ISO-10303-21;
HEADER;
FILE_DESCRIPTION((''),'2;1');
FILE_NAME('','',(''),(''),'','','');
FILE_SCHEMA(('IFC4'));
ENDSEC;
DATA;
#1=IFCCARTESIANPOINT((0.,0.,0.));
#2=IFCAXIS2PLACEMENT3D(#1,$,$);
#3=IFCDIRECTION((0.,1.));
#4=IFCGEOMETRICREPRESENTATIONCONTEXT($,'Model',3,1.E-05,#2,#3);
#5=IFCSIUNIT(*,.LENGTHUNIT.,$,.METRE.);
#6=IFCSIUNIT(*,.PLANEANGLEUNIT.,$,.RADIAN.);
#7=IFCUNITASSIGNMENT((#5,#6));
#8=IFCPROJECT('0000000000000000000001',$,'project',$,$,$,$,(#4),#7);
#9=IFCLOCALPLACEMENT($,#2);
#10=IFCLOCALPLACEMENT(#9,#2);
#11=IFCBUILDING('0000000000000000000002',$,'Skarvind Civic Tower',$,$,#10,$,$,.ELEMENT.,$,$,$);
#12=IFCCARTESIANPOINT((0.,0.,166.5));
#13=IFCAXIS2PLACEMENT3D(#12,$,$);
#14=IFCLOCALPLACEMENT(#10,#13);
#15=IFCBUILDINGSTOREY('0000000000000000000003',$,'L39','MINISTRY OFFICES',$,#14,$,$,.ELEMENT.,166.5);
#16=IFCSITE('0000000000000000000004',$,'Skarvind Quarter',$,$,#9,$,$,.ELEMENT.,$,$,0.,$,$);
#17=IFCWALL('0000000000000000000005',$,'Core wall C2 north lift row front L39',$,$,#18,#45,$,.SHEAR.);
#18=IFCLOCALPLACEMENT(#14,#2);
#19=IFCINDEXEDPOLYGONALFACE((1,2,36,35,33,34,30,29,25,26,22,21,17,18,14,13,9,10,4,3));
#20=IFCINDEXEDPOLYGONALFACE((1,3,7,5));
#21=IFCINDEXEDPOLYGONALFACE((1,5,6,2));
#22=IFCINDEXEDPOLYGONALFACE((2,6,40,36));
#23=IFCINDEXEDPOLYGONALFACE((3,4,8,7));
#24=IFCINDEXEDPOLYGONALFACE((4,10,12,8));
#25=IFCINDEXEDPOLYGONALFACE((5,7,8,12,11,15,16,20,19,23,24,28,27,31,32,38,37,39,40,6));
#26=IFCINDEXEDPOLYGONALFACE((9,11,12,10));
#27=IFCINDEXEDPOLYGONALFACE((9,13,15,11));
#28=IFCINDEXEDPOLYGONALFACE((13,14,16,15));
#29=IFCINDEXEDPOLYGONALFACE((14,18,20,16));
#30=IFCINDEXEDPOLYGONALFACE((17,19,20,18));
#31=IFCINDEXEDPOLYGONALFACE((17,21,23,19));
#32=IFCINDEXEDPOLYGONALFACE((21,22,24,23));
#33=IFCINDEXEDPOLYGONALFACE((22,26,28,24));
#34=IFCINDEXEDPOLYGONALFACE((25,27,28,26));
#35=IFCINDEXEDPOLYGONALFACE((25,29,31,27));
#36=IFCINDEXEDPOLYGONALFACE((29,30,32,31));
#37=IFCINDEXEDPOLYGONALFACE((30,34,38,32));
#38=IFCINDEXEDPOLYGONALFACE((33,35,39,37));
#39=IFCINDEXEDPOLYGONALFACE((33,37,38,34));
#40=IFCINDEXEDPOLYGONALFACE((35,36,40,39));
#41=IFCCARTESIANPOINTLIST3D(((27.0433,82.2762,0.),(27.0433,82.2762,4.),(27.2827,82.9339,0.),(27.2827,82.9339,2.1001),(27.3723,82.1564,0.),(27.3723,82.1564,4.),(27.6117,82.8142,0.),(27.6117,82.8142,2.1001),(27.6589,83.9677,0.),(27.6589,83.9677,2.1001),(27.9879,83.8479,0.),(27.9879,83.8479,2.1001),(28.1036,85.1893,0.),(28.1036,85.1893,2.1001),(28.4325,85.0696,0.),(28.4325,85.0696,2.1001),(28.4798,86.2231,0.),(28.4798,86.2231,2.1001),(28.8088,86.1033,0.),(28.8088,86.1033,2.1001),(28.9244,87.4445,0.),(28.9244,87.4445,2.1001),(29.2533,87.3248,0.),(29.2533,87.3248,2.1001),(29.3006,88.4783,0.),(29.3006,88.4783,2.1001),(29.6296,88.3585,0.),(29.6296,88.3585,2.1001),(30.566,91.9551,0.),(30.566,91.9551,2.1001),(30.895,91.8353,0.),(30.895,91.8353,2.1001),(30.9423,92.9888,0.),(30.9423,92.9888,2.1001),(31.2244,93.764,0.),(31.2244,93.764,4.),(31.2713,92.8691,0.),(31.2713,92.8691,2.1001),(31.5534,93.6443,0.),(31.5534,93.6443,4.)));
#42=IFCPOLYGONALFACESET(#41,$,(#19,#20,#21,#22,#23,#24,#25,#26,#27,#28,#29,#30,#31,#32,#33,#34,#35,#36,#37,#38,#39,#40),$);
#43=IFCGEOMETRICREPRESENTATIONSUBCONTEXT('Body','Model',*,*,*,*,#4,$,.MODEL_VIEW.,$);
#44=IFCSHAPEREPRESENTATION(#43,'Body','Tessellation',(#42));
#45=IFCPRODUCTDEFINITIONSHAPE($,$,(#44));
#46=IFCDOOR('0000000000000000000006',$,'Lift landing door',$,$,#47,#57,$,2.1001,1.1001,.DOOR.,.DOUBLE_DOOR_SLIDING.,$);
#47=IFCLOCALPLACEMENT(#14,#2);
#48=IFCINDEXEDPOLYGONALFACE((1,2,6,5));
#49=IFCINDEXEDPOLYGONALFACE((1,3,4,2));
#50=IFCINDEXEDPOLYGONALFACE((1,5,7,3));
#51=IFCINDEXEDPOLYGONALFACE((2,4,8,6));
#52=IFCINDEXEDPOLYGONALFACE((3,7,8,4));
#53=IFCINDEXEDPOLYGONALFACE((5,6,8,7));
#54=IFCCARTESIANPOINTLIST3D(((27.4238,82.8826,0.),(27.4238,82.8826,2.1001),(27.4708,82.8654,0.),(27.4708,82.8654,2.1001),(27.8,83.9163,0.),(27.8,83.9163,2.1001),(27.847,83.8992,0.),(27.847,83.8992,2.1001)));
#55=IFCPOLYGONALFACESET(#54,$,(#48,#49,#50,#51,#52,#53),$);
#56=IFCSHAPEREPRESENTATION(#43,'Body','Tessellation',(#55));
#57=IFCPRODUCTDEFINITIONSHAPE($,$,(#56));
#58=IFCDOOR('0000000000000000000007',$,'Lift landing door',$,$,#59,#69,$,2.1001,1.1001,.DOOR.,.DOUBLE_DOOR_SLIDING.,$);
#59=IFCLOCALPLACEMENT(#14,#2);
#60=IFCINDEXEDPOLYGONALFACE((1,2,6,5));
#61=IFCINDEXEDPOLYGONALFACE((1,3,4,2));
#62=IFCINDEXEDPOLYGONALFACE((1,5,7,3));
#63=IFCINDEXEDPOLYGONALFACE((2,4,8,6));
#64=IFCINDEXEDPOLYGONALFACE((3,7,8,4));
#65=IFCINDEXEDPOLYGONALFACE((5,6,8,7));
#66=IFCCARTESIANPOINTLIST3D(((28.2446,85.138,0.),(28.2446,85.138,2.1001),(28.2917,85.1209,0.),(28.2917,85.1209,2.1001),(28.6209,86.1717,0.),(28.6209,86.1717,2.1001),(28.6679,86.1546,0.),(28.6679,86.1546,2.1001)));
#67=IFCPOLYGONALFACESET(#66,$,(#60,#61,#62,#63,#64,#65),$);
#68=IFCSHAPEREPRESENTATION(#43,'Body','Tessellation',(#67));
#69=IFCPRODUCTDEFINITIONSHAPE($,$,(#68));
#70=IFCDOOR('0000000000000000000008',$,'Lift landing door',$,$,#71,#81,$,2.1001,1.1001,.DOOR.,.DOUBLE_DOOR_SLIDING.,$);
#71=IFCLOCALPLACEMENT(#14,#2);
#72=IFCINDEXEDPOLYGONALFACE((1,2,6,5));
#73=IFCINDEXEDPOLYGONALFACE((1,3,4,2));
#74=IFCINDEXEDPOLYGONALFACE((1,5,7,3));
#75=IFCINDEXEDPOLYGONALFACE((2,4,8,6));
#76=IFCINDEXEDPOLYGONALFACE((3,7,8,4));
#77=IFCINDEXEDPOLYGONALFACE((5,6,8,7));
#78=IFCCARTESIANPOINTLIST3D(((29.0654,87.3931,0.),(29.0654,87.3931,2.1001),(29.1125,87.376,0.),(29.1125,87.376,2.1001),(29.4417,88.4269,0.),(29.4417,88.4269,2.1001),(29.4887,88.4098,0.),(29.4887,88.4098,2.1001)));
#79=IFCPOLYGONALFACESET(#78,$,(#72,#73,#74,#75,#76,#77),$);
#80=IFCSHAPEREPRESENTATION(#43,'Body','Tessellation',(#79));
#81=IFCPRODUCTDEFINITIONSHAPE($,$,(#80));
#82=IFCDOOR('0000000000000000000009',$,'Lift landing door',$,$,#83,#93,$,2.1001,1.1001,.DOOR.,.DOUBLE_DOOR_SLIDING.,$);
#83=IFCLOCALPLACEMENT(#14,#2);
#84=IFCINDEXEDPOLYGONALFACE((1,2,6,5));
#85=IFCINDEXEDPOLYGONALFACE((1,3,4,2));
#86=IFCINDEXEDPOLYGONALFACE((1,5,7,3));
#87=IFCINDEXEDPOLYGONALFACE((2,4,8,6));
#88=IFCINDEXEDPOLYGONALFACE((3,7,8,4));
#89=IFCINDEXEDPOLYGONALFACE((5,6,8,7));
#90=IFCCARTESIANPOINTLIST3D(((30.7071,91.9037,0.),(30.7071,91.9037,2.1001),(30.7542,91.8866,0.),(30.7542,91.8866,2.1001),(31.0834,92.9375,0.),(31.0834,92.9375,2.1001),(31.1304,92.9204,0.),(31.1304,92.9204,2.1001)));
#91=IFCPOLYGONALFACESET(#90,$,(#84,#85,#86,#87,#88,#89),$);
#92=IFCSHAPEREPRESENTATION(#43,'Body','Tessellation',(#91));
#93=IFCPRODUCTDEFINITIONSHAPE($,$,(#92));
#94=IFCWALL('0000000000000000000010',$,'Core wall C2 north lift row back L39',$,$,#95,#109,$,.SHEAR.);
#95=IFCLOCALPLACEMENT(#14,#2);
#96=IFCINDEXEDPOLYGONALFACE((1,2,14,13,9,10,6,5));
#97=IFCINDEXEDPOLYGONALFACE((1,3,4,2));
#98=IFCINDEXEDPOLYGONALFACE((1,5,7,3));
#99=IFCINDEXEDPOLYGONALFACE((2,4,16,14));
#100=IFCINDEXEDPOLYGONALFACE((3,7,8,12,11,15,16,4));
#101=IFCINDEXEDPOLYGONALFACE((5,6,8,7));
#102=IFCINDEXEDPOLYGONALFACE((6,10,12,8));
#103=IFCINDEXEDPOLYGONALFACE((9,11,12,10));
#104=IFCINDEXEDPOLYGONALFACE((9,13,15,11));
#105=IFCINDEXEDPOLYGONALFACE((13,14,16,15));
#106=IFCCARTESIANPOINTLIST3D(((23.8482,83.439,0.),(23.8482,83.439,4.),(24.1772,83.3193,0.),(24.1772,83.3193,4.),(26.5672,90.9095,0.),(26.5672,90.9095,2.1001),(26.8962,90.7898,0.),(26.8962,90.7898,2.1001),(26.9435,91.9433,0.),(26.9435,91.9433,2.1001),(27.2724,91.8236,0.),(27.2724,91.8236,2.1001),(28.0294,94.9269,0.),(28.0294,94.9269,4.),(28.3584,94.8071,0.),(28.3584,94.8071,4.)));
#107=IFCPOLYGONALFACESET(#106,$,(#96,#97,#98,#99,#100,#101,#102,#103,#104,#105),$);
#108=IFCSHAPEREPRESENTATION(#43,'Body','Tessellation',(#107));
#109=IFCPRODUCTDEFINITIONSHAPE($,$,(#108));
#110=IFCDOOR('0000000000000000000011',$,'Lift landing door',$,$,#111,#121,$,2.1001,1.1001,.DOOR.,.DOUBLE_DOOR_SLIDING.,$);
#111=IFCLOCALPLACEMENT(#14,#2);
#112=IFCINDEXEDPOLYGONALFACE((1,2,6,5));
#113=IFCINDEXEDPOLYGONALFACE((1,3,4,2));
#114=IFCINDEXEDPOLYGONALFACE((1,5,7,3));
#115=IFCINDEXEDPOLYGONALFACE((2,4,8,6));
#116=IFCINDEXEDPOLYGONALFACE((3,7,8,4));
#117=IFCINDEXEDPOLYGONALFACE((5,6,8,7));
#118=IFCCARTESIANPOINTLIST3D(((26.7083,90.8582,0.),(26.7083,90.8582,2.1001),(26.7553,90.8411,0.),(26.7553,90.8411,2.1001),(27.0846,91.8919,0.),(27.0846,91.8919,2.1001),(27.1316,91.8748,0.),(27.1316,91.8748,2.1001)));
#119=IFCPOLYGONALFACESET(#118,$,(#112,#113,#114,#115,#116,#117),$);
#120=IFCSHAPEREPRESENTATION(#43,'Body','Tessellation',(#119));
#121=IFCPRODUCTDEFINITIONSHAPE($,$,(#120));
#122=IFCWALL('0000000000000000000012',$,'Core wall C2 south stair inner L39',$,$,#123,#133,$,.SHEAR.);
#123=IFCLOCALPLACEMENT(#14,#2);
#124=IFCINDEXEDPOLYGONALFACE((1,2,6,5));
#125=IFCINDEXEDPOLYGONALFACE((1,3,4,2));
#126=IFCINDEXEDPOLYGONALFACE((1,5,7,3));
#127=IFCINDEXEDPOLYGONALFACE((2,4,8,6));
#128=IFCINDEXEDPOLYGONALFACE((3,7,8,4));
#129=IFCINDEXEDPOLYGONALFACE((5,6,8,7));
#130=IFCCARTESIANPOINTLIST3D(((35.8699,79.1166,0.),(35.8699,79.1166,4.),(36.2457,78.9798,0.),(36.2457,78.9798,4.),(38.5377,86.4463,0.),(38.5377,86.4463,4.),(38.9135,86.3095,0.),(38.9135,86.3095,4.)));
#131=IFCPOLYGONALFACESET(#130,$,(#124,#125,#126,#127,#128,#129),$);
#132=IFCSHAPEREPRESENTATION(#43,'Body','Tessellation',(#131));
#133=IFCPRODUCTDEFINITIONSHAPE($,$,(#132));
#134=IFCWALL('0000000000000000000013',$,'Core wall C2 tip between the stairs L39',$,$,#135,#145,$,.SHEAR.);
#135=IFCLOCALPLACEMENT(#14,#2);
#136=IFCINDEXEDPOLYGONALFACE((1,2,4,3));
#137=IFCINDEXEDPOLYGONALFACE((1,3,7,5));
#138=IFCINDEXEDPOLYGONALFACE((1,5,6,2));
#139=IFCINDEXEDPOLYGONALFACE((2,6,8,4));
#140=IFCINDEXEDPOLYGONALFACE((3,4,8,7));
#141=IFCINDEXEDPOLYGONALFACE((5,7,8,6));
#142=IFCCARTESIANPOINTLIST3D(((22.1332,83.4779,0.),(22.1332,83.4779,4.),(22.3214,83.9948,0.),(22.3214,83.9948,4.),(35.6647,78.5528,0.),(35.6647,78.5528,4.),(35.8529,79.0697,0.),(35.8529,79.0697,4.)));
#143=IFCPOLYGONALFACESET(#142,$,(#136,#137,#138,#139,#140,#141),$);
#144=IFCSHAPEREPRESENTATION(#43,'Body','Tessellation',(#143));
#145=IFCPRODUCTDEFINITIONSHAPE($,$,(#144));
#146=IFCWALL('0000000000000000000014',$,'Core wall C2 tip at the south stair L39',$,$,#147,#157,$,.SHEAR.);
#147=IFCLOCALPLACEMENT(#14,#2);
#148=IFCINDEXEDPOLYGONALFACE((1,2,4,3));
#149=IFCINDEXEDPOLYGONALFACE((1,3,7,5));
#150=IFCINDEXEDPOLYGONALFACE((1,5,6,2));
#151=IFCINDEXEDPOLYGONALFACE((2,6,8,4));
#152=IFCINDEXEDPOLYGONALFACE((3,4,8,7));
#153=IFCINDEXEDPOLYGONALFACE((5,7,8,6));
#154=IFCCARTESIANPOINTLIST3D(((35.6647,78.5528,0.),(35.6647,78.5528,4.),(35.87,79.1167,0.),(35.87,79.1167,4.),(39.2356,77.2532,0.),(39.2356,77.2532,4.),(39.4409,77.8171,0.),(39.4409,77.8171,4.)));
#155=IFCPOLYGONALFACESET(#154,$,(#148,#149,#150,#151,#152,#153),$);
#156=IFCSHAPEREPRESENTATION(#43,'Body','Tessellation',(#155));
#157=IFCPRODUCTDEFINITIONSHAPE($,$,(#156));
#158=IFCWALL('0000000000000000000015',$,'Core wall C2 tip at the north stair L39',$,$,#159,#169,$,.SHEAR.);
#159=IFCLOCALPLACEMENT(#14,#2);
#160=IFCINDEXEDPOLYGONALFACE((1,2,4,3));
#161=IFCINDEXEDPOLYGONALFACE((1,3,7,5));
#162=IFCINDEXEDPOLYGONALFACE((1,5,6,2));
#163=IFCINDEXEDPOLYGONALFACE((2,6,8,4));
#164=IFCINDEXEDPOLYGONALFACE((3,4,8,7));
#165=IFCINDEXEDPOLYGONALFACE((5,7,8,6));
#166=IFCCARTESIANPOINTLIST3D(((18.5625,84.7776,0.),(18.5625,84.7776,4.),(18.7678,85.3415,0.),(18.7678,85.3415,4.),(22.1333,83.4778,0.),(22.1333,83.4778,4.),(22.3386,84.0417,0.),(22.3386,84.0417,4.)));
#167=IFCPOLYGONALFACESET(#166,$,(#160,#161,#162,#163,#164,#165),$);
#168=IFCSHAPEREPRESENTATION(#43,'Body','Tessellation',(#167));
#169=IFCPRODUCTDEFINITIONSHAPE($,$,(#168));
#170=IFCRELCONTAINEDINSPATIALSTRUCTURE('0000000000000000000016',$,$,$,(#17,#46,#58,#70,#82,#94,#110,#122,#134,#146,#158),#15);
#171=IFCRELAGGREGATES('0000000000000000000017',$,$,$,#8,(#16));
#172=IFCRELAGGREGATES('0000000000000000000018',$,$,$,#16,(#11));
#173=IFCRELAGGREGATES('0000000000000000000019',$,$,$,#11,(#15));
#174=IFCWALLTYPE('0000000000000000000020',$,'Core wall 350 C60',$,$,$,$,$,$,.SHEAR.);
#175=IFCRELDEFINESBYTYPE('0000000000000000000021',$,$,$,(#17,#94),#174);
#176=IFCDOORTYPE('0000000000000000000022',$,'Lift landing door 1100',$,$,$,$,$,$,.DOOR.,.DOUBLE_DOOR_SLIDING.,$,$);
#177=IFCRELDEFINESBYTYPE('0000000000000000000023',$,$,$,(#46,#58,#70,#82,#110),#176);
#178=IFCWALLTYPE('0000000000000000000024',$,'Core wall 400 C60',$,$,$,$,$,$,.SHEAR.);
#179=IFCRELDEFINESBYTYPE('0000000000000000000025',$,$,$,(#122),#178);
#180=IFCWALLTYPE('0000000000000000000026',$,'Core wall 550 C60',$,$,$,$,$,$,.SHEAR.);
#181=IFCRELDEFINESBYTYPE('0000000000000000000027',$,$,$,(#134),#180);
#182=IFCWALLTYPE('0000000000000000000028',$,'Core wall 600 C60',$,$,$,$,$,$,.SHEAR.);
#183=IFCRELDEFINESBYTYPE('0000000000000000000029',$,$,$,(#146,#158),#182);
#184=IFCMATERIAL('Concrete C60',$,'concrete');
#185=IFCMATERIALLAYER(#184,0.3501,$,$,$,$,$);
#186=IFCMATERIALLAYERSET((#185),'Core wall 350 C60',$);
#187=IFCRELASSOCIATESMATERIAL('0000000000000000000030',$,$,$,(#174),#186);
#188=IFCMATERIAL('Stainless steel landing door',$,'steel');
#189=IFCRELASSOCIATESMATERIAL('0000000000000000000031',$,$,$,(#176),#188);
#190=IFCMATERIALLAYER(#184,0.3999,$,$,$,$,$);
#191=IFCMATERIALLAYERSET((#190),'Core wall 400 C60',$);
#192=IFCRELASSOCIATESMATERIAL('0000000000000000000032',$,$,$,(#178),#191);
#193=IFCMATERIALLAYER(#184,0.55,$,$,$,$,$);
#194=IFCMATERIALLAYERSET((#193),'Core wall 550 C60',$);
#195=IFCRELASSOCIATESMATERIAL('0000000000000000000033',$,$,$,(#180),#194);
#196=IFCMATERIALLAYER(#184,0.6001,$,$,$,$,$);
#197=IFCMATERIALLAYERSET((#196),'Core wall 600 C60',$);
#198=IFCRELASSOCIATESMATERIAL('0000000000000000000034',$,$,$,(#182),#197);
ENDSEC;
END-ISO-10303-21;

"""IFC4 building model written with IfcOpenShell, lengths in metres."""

from ifc_helpers import new_model, si_unit, direction, frame, frame_2d, origin, place, context, subcontext, project, spatial, rectangle, extrude, material, layer, layer_set, type_object, element, fill, save


model = new_model("IFC4")

# Units and contexts
model_context = context("Model", 3, precision=1e-05, world=origin(), true_north=direction((0.0, 1.0)))
body_context = subcontext(model_context, "Body", "Model", "MODEL_VIEW")
ifc_project = project(units=[si_unit("LENGTHUNIT", "METRE"), si_unit("PLANEANGLEUNIT", "RADIAN")], contexts=[model_context])

# Site, building, storey
site_placement = place(None, origin())
site = spatial("IfcSite", under=ifc_project, at=site_placement, Name="Skarvind Quarter", CompositionType="ELEMENT", RefElevation=0.0)
building_placement = place(site_placement, origin())
building = spatial("IfcBuilding", under=site, at=building_placement, Name="Skarvind Civic Tower", CompositionType="ELEMENT")
storey_placement = place(building_placement, frame((0.0, 0.0, 166.5)))
storey = spatial("IfcBuildingStorey", under=building, at=storey_placement, Name="L39", Description="MINISTRY OFFICES", CompositionType="ELEMENT", Elevation=166.5)

# Shared definitions
ifc_material_1 = material(Name="Concrete C60", Category="concrete")
ifc_layer_1 = layer(ifc_material_1, 0.3501)
ifc_layer_set_1 = layer_set([ifc_layer_1], Name="Core wall 350 C60")
wall_type_1 = type_object("IfcWallType", Name="Core wall 350 C60", PredefinedType="SHEAR", material=ifc_layer_set_1)

# Wall, openings, doors
wall_1_placement = place(storey_placement, frame((27.2078, 82.2163, 0.0), z_axis=(0.0, 0.0, 1.0), x_axis=(0.342016, 0.939694, 0.0)))
wall_1 = element("IfcWall", 1, at=wall_1_placement, inside=storey, type_object=wall_type_1, Name="Core wall C2 north lift row front L39", PredefinedType="SHEAR", context=body_context, shape_type="SweptSolid", body=[
    extrude(rectangle(XDim=12.2251, YDim=0.3501, at=frame_2d((6.1125, 0.0))), origin(), (0.0, 0.0, 1.0), 4.0),
])
opening_1_placement = place(wall_1_placement, frame((0.7, 0.0, 0.0)))
opening_1 = element("IfcOpeningElement", 2, at=opening_1_placement, cuts=wall_1, PredefinedType="OPENING", context=body_context, shape_type="SweptSolid", body=[
    extrude(rectangle(XDim=1.1001, YDim=2.1001, at=frame_2d((0.55, 1.05))), frame((0.0, 0.1851, 0.0), z_axis=(0.0, -1.0, 0.0), x_axis=(1.0, 0.0, 0.0)), (0.0, 0.0, 1.0), 0.3701),
])
opening_2_placement = place(wall_1_placement, frame((3.1001, 0.0, 0.0)))
opening_2 = element("IfcOpeningElement", 3, at=opening_2_placement, cuts=wall_1, PredefinedType="OPENING", context=body_context, shape_type="SweptSolid", body=[
    extrude(rectangle(XDim=1.1001, YDim=2.1001, at=frame_2d((0.55, 1.05))), frame((0.0, 0.1851, 0.0), z_axis=(0.0, -1.0, 0.0), x_axis=(1.0, 0.0, 0.0)), (0.0, 0.0, 1.0), 0.3701),
])
opening_3_placement = place(wall_1_placement, frame((5.5, 0.0, 0.0)))
opening_3 = element("IfcOpeningElement", 4, at=opening_3_placement, cuts=wall_1, PredefinedType="OPENING", context=body_context, shape_type="SweptSolid", body=[
    extrude(rectangle(XDim=1.1001, YDim=2.1001, at=frame_2d((0.55, 1.05))), frame((0.0, 0.1851, 0.0), z_axis=(0.0, -1.0, 0.0), x_axis=(1.0, 0.0, 0.0)), (0.0, 0.0, 1.0), 0.3701),
])
opening_4_placement = place(wall_1_placement, frame((10.3, 0.0, 0.0)))
opening_4 = element("IfcOpeningElement", 5, at=opening_4_placement, cuts=wall_1, PredefinedType="OPENING", context=body_context, shape_type="SweptSolid", body=[
    extrude(rectangle(XDim=1.1001, YDim=2.1001, at=frame_2d((0.55, 1.05))), frame((0.0, 0.1851, 0.0), z_axis=(0.0, -1.0, 0.0), x_axis=(1.0, 0.0, 0.0)), (0.0, 0.0, 1.0), 0.3701),
])
ifc_material_2 = material(Name="Stainless steel landing door", Category="steel")
door_type_1 = type_object("IfcDoorType", Name="Lift landing door 1100", OperationType="DOUBLE_DOOR_SLIDING", PredefinedType="DOOR", material=ifc_material_2)
door_1_placement = place(opening_1_placement, origin())
door_1 = element("IfcDoor", 6, at=door_1_placement, inside=storey, type_object=door_type_1, Name="Lift landing door", OperationType="DOUBLE_DOOR_SLIDING", OverallHeight=2.1001, OverallWidth=1.1001, PredefinedType="DOOR", context=body_context, shape_type="SweptSolid", body=[
    extrude(rectangle(XDim=1.1001, YDim=2.1001, at=frame_2d((0.55, 1.05))), frame((0.0, 0.0249, 0.0), z_axis=(0.0, -1.0, 0.0), x_axis=(1.0, 0.0, 0.0)), (0.0, 0.0, 1.0), 0.05),
])
fill(opening_1, door_1)
door_2_placement = place(opening_2_placement, origin())
door_2 = element("IfcDoor", 7, at=door_2_placement, inside=storey, type_object=door_type_1, Name="Lift landing door", OperationType="DOUBLE_DOOR_SLIDING", OverallHeight=2.1001, OverallWidth=1.1001, PredefinedType="DOOR", context=body_context, shape_type="SweptSolid", body=[
    extrude(rectangle(XDim=1.1001, YDim=2.1001, at=frame_2d((0.55, 1.05))), frame((0.0, 0.0249, 0.0), z_axis=(0.0, -1.0, 0.0), x_axis=(1.0, 0.0, 0.0)), (0.0, 0.0, 1.0), 0.05),
])
fill(opening_2, door_2)
door_3_placement = place(opening_3_placement, origin())
door_3 = element("IfcDoor", 8, at=door_3_placement, inside=storey, type_object=door_type_1, Name="Lift landing door", OperationType="DOUBLE_DOOR_SLIDING", OverallHeight=2.1001, OverallWidth=1.1001, PredefinedType="DOOR", context=body_context, shape_type="SweptSolid", body=[
    extrude(rectangle(XDim=1.1001, YDim=2.1001, at=frame_2d((0.55, 1.05))), frame((0.0, 0.0249, 0.0), z_axis=(0.0, -1.0, 0.0), x_axis=(1.0, 0.0, 0.0)), (0.0, 0.0, 1.0), 0.05),
])
fill(opening_3, door_3)
door_4_placement = place(opening_4_placement, origin())
door_4 = element("IfcDoor", 9, at=door_4_placement, inside=storey, type_object=door_type_1, Name="Lift landing door", OperationType="DOUBLE_DOOR_SLIDING", OverallHeight=2.1001, OverallWidth=1.1001, PredefinedType="DOOR", context=body_context, shape_type="SweptSolid", body=[
    extrude(rectangle(XDim=1.1001, YDim=2.1001, at=frame_2d((0.55, 1.05))), frame((0.0, 0.0249, 0.0), z_axis=(0.0, -1.0, 0.0), x_axis=(1.0, 0.0, 0.0)), (0.0, 0.0, 1.0), 0.05),
])
fill(opening_4, door_4)

# Wall, opening, door
wall_2_placement = place(storey_placement, frame((24.0127, 83.3792, 0.0), z_axis=(0.0, 0.0, 1.0), x_axis=(0.342016, 0.939694, 0.0)))
wall_2 = element("IfcWall", 10, at=wall_2_placement, inside=storey, type_object=wall_type_1, Name="Core wall C2 north lift row back L39", PredefinedType="SHEAR", context=body_context, shape_type="SweptSolid", body=[
    extrude(rectangle(XDim=12.2251, YDim=0.3501, at=frame_2d((6.1125, 0.0))), origin(), (0.0, 0.0, 1.0), 4.0),
])
opening_5_placement = place(wall_2_placement, frame((7.95, 0.0, 0.0)))
opening_5 = element("IfcOpeningElement", 11, at=opening_5_placement, cuts=wall_2, PredefinedType="OPENING", context=body_context, shape_type="SweptSolid", body=[
    extrude(rectangle(XDim=1.1001, YDim=2.1001, at=frame_2d((0.55, 1.05))), frame((0.0, 0.1851, 0.0), z_axis=(0.0, -1.0, 0.0), x_axis=(1.0, 0.0, 0.0)), (0.0, 0.0, 1.0), 0.3701),
])
door_5_placement = place(opening_5_placement, origin())
door_5 = element("IfcDoor", 12, at=door_5_placement, inside=storey, type_object=door_type_1, Name="Lift landing door", OperationType="DOUBLE_DOOR_SLIDING", OverallHeight=2.1001, OverallWidth=1.1001, PredefinedType="DOOR", context=body_context, shape_type="SweptSolid", body=[
    extrude(rectangle(XDim=1.1001, YDim=2.1001, at=frame_2d((0.55, 1.05))), frame((0.0, 0.0249, 0.0), z_axis=(0.0, -1.0, 0.0), x_axis=(1.0, 0.0, 0.0)), (0.0, 0.0, 1.0), 0.05),
])
fill(opening_5, door_5)

# Walls
ifc_layer_2 = layer(ifc_material_1, 0.3999)
ifc_layer_set_2 = layer_set([ifc_layer_2], Name="Core wall 400 C60")
wall_type_2 = type_object("IfcWallType", Name="Core wall 400 C60", PredefinedType="SHEAR", material=ifc_layer_set_2)
wall_3_placement = place(storey_placement, frame((36.0579, 79.0483, 0.0), z_axis=(0.0, 0.0, 1.0), x_axis=(0.342017, 0.939694, 0.0)))
element("IfcWall", 13, at=wall_3_placement, inside=storey, type_object=wall_type_2, Name="Core wall C2 south stair inner L39", PredefinedType="SHEAR", context=body_context, shape_type="SweptSolid", body=[
    extrude(rectangle(XDim=7.8, YDim=0.3999, at=frame_2d((3.8999, 0.0))), origin(), (0.0, 0.0, 1.0), 4.0),
])
ifc_layer_3 = layer(ifc_material_1, 0.55)
ifc_layer_set_3 = layer_set([ifc_layer_3], Name="Core wall 550 C60")
wall_type_3 = type_object("IfcWallType", Name="Core wall 550 C60", PredefinedType="SHEAR", material=ifc_layer_set_3)
wall_4_placement = place(storey_placement, frame((35.7588, 78.8113, 0.0), z_axis=(0.0, 0.0, 1.0), x_axis=(-0.939693, 0.342019, 0.0)))
element("IfcWall", 14, at=wall_4_placement, inside=storey, type_object=wall_type_3, Name="Core wall C2 tip between the stairs L39", PredefinedType="SHEAR", context=body_context, shape_type="SweptSolid", body=[
    extrude(rectangle(XDim=14.3999, YDim=0.55, at=frame_2d((7.2, 0.0))), origin(), (0.0, 0.0, 1.0), 4.0),
])
ifc_layer_4 = layer(ifc_material_1, 0.6001)
ifc_layer_set_4 = layer_set([ifc_layer_4], Name="Core wall 600 C60")
wall_type_4 = type_object("IfcWallType", Name="Core wall 600 C60", PredefinedType="SHEAR", material=ifc_layer_set_4)
for number, where, z_axis, x_axis, name in (
    (15, (39.3381, 77.5352, 0.0), (0.0, 0.0, 1.0), (-0.939701, 0.341996, 0.0), "Core wall C2 tip at the south stair L39"),
    (16, (22.2358, 83.7598, 0.0), (0.0, 0.0, 1.0), (-0.939681, 0.342053, 0.0), "Core wall C2 tip at the north stair L39"),
):
    element("IfcWall", number, at=place(storey_placement, frame(where, z_axis=z_axis, x_axis=x_axis)), inside=storey, type_object=wall_type_4, Name=name, PredefinedType="SHEAR", context=body_context, shape_type="SweptSolid", body=[
        extrude(rectangle(XDim=3.8, YDim=0.6001, at=frame_2d((1.8999, 0.0))), origin(), (0.0, 0.0, 1.0), 4.0),
    ])

save(model, "model.ifc")
